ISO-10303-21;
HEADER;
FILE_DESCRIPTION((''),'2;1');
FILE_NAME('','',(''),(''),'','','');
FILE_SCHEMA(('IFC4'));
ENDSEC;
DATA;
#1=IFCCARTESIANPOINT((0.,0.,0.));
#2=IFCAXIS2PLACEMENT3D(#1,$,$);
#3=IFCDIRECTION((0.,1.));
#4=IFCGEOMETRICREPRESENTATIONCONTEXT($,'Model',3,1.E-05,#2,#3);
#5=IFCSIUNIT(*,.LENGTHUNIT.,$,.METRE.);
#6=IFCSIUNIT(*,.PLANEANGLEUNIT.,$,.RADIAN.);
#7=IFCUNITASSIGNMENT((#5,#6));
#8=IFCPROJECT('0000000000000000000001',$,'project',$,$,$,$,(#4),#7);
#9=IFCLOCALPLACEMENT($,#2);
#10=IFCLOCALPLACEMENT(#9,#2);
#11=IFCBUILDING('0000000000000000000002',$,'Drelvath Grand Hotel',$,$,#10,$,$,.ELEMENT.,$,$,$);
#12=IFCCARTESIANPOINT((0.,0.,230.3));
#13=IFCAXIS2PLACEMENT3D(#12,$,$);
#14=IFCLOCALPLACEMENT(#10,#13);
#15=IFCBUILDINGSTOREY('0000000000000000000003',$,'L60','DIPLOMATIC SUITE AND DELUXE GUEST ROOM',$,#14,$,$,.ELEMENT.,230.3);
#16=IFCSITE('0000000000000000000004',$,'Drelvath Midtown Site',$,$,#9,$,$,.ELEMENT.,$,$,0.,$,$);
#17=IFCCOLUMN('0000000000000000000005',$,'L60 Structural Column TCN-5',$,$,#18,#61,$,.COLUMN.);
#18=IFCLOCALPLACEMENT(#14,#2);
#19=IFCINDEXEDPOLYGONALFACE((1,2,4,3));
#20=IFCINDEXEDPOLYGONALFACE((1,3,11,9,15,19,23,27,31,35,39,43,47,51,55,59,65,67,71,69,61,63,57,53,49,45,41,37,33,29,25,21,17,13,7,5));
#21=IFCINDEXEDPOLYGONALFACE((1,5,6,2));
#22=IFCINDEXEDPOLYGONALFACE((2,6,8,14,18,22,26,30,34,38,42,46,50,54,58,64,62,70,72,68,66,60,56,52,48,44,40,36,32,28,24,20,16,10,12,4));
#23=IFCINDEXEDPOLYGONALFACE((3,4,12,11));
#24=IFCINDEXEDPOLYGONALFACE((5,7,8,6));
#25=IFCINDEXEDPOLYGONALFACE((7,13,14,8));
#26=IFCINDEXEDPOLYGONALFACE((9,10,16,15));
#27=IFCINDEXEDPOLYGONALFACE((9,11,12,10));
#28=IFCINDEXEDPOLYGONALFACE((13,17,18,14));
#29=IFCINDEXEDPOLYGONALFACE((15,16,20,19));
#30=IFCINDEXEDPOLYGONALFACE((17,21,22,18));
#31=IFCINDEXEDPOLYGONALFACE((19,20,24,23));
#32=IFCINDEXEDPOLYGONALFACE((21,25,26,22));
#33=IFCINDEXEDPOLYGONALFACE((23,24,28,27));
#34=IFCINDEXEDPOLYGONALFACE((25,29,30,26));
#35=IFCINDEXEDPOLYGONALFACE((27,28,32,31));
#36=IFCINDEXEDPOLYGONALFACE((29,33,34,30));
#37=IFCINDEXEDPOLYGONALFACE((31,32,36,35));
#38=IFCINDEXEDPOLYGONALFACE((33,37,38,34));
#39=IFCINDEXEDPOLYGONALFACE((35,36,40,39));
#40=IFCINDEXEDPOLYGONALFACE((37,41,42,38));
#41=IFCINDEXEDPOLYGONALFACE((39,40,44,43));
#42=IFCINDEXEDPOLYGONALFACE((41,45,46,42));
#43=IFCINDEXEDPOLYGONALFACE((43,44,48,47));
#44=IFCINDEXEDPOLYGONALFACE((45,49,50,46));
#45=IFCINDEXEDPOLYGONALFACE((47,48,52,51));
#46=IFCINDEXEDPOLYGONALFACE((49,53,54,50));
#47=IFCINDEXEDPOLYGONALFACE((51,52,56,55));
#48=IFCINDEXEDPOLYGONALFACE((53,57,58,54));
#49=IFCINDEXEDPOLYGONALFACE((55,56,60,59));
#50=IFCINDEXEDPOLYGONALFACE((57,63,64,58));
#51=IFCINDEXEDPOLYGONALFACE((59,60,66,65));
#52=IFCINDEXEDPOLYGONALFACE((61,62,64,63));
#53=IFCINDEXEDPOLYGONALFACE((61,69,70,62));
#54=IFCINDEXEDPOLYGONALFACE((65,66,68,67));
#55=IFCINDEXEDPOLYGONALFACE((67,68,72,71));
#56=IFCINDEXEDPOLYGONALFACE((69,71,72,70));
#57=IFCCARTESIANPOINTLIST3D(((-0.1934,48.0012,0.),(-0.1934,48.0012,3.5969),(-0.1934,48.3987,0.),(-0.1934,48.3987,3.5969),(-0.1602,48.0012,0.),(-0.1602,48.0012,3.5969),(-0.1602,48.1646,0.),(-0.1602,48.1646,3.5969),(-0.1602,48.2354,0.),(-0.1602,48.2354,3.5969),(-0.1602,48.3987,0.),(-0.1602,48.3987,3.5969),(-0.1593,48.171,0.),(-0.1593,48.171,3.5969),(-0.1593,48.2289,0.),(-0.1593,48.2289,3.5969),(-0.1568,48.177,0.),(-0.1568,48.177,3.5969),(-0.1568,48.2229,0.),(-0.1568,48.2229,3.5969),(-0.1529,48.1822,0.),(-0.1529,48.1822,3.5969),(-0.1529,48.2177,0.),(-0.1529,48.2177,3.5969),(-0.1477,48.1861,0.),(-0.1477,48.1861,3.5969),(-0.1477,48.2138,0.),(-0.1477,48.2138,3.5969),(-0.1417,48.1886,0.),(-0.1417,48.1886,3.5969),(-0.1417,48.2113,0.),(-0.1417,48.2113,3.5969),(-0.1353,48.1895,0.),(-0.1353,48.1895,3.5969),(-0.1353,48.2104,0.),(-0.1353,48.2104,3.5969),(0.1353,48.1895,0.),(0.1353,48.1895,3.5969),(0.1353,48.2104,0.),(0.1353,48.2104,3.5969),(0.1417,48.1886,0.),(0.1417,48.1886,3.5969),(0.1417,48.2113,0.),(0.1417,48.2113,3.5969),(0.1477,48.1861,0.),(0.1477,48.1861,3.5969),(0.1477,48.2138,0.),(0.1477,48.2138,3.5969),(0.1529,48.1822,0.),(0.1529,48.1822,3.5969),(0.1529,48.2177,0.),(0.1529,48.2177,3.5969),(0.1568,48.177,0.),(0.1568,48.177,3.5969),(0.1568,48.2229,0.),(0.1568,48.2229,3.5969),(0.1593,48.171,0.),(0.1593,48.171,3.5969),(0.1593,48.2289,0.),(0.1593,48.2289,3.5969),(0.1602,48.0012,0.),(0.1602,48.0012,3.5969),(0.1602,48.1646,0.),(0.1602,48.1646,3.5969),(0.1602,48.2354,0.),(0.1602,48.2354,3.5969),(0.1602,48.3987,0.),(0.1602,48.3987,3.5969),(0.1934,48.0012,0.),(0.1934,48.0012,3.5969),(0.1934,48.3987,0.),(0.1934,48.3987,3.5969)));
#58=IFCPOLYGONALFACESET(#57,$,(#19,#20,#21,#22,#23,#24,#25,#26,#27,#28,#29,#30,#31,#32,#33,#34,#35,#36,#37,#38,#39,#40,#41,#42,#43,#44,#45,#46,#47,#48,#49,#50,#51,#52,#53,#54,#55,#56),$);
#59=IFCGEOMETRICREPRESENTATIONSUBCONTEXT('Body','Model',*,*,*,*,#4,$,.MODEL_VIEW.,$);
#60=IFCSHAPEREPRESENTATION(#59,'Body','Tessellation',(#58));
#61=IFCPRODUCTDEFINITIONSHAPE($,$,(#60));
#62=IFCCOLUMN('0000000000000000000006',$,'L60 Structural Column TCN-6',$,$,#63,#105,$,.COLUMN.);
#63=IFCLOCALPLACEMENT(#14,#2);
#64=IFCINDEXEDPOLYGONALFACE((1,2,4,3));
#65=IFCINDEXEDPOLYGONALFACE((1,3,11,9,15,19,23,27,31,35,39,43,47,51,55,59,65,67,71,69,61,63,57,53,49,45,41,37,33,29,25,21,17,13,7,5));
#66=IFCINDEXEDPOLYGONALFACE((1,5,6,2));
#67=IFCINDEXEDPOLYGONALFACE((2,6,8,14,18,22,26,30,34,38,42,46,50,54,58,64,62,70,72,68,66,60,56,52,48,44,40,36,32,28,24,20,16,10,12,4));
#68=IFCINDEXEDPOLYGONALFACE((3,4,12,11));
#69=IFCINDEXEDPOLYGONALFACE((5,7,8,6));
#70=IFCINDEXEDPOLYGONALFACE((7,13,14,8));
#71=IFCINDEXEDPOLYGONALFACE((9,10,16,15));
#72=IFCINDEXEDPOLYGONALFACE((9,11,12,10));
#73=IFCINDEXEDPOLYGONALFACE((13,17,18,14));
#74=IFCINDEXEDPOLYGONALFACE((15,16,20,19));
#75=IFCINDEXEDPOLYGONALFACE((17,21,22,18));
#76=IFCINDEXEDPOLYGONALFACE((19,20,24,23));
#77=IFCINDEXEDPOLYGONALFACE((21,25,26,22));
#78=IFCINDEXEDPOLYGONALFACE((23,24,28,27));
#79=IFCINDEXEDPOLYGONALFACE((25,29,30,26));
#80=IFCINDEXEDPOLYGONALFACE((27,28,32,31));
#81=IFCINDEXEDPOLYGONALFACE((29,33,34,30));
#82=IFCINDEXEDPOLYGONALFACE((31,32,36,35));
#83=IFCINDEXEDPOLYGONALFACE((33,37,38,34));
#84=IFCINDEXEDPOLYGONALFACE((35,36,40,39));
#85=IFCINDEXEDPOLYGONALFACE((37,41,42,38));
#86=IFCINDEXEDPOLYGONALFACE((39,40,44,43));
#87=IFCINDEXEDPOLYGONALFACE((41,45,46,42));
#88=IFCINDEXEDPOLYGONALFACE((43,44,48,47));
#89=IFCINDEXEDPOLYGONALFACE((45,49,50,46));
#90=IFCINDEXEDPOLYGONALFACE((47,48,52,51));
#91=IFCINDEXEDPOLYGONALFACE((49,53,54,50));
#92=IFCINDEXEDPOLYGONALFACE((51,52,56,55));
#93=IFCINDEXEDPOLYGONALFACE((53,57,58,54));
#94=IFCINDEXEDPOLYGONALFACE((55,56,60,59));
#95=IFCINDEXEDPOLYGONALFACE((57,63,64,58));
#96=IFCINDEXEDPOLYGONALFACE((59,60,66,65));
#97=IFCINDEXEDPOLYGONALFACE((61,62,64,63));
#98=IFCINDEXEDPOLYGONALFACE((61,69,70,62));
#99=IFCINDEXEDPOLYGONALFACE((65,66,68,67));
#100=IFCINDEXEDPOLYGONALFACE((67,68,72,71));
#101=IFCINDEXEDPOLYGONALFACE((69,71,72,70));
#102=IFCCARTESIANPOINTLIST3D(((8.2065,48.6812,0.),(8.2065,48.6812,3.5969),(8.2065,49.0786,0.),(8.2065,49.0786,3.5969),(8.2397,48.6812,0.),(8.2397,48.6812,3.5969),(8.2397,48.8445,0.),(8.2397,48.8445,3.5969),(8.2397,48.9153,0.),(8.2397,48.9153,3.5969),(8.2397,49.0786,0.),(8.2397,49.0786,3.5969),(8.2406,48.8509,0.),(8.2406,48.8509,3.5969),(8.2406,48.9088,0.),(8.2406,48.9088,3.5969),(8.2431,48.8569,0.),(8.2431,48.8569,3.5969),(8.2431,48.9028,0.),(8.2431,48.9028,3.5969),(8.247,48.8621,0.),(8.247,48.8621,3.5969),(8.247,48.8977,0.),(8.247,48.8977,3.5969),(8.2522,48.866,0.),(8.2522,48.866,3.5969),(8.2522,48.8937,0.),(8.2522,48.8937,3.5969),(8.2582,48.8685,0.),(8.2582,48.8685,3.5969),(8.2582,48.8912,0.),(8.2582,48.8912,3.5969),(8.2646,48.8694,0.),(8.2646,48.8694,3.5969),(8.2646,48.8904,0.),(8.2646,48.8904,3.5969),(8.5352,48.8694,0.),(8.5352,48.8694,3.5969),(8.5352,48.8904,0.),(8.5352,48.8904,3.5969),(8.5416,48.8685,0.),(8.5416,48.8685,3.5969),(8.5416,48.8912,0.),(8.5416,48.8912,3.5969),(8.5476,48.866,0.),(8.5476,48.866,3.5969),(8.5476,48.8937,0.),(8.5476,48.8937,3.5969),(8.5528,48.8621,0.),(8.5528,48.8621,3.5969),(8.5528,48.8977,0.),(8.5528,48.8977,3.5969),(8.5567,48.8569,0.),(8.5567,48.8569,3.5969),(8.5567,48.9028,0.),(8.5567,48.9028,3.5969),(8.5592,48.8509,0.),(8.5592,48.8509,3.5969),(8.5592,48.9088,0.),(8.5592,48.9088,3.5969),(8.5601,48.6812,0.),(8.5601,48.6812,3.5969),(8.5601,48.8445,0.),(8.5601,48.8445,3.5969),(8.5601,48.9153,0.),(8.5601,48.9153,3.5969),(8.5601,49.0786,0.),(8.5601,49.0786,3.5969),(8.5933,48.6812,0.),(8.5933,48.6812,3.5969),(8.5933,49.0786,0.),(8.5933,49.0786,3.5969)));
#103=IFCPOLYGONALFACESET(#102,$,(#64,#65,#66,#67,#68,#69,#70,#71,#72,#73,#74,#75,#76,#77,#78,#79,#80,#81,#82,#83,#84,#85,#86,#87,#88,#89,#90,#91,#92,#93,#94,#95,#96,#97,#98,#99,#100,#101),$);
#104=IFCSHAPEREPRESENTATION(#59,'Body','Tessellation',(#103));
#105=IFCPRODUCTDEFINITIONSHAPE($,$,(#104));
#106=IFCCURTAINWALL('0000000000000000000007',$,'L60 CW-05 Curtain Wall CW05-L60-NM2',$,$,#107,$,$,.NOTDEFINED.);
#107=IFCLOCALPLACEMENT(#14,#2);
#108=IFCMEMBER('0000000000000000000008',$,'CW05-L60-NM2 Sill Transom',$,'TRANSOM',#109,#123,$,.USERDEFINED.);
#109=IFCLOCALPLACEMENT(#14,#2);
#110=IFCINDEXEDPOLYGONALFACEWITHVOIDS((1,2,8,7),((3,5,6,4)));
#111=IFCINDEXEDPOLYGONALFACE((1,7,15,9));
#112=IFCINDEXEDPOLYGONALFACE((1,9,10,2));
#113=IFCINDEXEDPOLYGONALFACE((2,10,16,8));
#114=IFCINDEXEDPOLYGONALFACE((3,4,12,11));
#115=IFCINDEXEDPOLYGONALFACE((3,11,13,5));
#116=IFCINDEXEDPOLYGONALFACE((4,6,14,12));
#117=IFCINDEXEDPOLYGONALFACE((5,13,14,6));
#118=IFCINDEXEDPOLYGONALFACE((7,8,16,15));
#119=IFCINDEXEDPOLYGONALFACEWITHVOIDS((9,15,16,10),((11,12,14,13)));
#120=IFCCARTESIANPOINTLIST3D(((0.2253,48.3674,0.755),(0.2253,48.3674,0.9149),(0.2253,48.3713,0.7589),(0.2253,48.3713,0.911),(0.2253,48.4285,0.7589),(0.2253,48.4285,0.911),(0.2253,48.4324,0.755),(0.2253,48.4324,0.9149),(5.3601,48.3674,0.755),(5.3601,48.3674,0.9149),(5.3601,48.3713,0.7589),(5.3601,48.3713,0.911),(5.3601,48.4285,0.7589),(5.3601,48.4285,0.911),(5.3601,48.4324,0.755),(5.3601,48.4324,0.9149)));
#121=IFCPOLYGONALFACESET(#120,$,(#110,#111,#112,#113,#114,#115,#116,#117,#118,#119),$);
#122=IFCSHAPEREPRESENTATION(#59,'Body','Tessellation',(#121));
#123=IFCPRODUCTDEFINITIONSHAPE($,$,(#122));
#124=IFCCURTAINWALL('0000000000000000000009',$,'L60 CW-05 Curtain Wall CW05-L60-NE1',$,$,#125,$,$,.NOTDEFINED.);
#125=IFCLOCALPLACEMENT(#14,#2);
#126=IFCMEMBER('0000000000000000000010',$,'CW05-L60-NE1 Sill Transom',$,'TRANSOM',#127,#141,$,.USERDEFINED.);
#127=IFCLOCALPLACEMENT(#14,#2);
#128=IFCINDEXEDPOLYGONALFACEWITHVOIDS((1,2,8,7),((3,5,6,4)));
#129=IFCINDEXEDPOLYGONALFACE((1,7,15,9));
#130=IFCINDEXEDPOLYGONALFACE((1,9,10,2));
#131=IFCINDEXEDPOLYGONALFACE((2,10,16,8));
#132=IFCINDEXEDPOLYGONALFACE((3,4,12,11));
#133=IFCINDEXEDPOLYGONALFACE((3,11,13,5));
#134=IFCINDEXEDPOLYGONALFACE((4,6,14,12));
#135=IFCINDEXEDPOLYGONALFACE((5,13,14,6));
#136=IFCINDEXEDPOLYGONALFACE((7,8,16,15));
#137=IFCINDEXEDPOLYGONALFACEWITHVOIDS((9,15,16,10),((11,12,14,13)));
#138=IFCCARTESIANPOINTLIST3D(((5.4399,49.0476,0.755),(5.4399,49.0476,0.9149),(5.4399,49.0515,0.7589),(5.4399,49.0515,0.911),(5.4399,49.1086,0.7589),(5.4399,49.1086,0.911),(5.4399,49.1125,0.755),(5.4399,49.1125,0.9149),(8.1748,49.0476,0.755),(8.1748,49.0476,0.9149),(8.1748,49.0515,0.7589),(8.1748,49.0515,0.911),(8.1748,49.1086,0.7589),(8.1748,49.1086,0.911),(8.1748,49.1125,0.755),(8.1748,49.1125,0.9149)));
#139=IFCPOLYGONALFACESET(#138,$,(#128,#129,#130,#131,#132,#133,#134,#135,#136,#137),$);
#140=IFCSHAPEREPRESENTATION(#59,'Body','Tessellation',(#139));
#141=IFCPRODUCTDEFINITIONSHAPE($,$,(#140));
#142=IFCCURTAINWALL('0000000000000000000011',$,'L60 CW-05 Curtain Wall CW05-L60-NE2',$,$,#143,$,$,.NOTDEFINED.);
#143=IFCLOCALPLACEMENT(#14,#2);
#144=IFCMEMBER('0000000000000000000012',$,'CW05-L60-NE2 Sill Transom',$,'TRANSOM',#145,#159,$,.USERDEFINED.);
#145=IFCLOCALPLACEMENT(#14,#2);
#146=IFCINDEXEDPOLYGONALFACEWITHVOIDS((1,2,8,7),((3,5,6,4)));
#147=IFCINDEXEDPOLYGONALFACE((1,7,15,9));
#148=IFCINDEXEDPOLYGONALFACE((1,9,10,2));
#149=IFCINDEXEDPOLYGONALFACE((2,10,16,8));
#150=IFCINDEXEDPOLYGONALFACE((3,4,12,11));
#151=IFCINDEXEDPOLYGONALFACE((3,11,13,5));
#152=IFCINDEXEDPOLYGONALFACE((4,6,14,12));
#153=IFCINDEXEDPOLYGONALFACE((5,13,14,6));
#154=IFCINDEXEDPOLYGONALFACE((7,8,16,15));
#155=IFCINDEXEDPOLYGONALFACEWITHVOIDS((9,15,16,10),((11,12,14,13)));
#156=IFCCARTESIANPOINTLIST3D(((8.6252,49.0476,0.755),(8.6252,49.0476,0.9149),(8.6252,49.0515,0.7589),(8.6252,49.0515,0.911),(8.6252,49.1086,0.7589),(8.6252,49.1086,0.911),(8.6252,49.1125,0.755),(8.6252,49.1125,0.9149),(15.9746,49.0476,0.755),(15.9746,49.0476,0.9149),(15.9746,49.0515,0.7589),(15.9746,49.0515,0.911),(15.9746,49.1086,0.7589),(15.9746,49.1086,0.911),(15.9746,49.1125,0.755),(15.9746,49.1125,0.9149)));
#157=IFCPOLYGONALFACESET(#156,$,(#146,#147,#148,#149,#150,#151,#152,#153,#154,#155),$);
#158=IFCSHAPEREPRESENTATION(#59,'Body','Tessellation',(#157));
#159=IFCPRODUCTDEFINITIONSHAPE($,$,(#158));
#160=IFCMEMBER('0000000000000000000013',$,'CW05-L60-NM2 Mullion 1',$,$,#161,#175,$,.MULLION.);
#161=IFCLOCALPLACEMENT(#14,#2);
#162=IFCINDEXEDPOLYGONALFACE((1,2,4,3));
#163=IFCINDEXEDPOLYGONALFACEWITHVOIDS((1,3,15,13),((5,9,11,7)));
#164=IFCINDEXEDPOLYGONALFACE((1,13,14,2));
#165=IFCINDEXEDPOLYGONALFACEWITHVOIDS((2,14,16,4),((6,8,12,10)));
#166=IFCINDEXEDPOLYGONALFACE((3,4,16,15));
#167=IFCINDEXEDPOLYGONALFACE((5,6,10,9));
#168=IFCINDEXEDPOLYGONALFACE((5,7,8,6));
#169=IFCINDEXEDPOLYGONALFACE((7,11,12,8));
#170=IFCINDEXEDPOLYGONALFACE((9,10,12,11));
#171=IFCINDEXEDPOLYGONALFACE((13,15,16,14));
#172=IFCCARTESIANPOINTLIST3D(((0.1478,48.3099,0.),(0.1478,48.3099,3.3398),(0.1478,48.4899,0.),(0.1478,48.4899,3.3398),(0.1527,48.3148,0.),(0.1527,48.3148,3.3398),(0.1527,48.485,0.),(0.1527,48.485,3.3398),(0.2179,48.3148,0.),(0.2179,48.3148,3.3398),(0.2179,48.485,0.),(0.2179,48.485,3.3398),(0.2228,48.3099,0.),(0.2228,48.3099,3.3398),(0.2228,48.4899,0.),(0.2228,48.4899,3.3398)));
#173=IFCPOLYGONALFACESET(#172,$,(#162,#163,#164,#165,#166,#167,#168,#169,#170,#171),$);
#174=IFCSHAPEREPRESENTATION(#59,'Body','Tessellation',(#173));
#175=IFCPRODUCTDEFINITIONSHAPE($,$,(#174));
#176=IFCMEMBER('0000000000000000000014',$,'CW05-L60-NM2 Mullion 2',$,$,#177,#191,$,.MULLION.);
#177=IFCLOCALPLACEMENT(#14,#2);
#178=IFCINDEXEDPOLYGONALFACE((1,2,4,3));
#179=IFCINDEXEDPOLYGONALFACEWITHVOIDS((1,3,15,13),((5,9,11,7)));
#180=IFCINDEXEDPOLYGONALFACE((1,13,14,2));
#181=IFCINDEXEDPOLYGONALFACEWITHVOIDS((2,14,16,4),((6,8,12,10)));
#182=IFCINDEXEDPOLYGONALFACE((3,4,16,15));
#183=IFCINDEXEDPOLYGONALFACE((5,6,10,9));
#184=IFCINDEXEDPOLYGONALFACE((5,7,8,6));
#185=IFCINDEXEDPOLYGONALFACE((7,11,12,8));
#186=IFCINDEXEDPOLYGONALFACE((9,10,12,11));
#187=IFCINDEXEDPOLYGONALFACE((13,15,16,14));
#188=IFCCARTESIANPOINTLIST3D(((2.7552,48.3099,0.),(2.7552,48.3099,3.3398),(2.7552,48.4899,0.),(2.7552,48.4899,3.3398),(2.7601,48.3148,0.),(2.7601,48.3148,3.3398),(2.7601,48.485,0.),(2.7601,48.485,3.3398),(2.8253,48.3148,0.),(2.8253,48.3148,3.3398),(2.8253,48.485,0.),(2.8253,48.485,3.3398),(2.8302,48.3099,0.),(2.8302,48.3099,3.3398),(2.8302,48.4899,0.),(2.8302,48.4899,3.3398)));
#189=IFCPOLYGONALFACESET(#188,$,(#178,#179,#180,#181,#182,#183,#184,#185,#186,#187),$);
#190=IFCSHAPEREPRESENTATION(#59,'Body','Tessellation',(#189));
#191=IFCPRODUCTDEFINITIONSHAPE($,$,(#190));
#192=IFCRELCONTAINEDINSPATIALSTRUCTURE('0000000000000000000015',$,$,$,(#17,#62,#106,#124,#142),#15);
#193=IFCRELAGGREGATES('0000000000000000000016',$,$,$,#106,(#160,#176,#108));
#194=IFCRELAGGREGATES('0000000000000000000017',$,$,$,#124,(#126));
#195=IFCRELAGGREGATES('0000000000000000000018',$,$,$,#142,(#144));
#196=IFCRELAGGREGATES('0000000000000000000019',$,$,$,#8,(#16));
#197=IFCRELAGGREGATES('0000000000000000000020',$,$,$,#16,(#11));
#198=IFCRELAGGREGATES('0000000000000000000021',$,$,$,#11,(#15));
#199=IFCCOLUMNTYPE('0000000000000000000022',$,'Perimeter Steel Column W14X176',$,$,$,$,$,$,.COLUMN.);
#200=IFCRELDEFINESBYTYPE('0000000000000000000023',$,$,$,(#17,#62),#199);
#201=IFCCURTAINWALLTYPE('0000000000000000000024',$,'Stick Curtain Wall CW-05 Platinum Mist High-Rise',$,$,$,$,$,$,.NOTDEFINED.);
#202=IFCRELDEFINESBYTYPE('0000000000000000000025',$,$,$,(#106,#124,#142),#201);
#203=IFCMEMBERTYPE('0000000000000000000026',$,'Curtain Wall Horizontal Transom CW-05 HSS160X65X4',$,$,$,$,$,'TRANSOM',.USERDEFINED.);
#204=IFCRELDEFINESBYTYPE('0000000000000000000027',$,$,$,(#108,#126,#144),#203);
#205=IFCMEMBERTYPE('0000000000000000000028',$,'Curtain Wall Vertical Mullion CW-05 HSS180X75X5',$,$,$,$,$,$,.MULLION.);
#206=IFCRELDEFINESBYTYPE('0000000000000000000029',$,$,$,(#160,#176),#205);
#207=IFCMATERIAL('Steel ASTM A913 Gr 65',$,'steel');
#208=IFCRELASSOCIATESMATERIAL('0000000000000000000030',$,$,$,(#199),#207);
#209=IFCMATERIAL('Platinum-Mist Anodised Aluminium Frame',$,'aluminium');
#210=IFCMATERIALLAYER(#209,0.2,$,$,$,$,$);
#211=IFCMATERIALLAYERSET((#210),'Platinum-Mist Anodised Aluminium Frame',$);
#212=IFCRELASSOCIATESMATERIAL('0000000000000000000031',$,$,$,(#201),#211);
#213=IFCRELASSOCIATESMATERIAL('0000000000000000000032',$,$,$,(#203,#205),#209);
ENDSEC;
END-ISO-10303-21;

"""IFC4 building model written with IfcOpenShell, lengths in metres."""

from ifc_helpers import new_model, si_unit, direction, frame, origin, origin_2d, place, context, subcontext, project, spatial, hollow_rectangle, i_section, extrude, material, layer, layer_set, material_profile, profile_set, type_object, element, aggregate, save


model = new_model("IFC4")

# Units and contexts
model_context = context("Model", 3, precision=1e-05, world=origin(), true_north=direction((0.0, 1.0)))
body_context = subcontext(model_context, "Body", "Model", "MODEL_VIEW")
ifc_project = project(units=[si_unit("LENGTHUNIT", "METRE"), si_unit("PLANEANGLEUNIT", "RADIAN")], contexts=[model_context])

# Site, building, storey
site_placement = place(None, origin())
site = spatial("IfcSite", under=ifc_project, at=site_placement, Name="Drelvath Midtown Site", CompositionType="ELEMENT", RefElevation=0.0)
building_placement = place(site_placement, origin())
building = spatial("IfcBuilding", under=site, at=building_placement, Name="Drelvath Grand Hotel", CompositionType="ELEMENT")
storey_placement = place(building_placement, frame((0.0, 0.0, 230.3)))
storey = spatial("IfcBuildingStorey", under=building, at=storey_placement, Name="L60", Description="DIPLOMATIC SUITE AND DELUXE GUEST ROOM", CompositionType="ELEMENT", Elevation=230.3)

# Columns
ifc_material_1 = material(Name="Steel ASTM A913 Gr 65", Category="steel")
ifc_material_profile_1 = material_profile(ifc_material_1, i_section(OverallWidth=0.3975, OverallDepth=0.3867, WebThickness=0.021, FlangeThickness=0.0332, FilletRadius=0.0249, at=origin_2d()), Name="W14X176")
ifc_profile_set_1 = profile_set([ifc_material_profile_1], Name="Steel ASTM A913 Gr 65")
column_type = type_object("IfcColumnType", Name="Perimeter Steel Column W14X176", PredefinedType="COLUMN", material=ifc_profile_set_1)
for number, where, z_axis, x_axis, name in (
    (1, (0.0, 48.2, 0.0), (0.0, 0.0, 1.0), (0.0, 1.0, 0.0), "L60 Structural Column TCN-5"),
    (2, (8.3999, 48.8799, 0.0), (0.0, 0.0, 1.0), (0.0, 1.0, 0.0), "L60 Structural Column TCN-6"),
):
    element("IfcColumn", number, at=place(storey_placement, frame(where, z_axis=z_axis, x_axis=x_axis)), inside=storey, type_object=column_type, Name=name, PredefinedType="COLUMN", context=body_context, shape_type="SweptSolid", body=[
        extrude(i_section(OverallWidth=0.3975, OverallDepth=0.3867, WebThickness=0.021, FlangeThickness=0.0332, FilletRadius=0.0249, at=origin_2d()), origin(), (0.0, 0.0, 1.0), 3.5969),
    ])

# Curtain walls, members
ifc_material_2 = material(Name="Platinum-Mist Anodised Aluminium Frame", Category="aluminium")
ifc_layer_1 = layer(ifc_material_2, 0.2)
ifc_layer_set_1 = layer_set([ifc_layer_1], Name="Platinum-Mist Anodised Aluminium Frame")
curtain_wall_type = type_object("IfcCurtainWallType", Name="Stick Curtain Wall CW-05 Platinum Mist High-Rise", PredefinedType="NOTDEFINED", material=ifc_layer_set_1)
curtain_wall_1_placement = place(storey_placement, origin())
curtain_wall_1 = element("IfcCurtainWall", 3, at=curtain_wall_1_placement, inside=storey, type_object=curtain_wall_type, Name="L60 CW-05 Curtain Wall CW05-L60-NM2", PredefinedType="NOTDEFINED")
ifc_material_profile_2 = material_profile(ifc_material_2, hollow_rectangle(XDim=0.0649, YDim=0.1599, WallThickness=0.0039, at=origin_2d()), Name="HSS160X65X4")
ifc_profile_set_2 = profile_set([ifc_material_profile_2], Name="Platinum-Mist Anodised Aluminium Frame")
member_type_1 = type_object("IfcMemberType", Name="Curtain Wall Horizontal Transom CW-05 HSS160X65X4", ElementType="TRANSOM", PredefinedType="USERDEFINED", material=ifc_profile_set_2)
member_1_placement = place(storey_placement, frame((0.2253, 48.3999, 0.835), z_axis=(1.0, 0.0, 0.0), x_axis=(0.0, 1.0, 0.0)))
member_1 = element("IfcMember", 4, at=member_1_placement, type_object=member_type_1, Name="CW05-L60-NM2 Sill Transom", ObjectType="TRANSOM", PredefinedType="USERDEFINED", context=body_context, shape_type="SweptSolid", body=[
    extrude(hollow_rectangle(XDim=0.0649, YDim=0.1599, WallThickness=0.0039, at=origin_2d()), origin(), (0.0, 0.0, 1.0), 5.1348),
])
curtain_wall_2_placement = place(storey_placement, origin())
curtain_wall_2 = element("IfcCurtainWall", 5, at=curtain_wall_2_placement, inside=storey, type_object=curtain_wall_type, Name="L60 CW-05 Curtain Wall CW05-L60-NE1", PredefinedType="NOTDEFINED")
member_2_placement = place(storey_placement, frame((5.4399, 49.0801, 0.835), z_axis=(1.0, 0.0, 0.0), x_axis=(0.0, 1.0, 0.0)))
member_2 = element("IfcMember", 6, at=member_2_placement, type_object=member_type_1, Name="CW05-L60-NE1 Sill Transom", ObjectType="TRANSOM", PredefinedType="USERDEFINED", context=body_context, shape_type="SweptSolid", body=[
    extrude(hollow_rectangle(XDim=0.0649, YDim=0.1599, WallThickness=0.0039, at=origin_2d()), origin(), (0.0, 0.0, 1.0), 2.7349),
])
curtain_wall_3_placement = place(storey_placement, origin())
curtain_wall_3 = element("IfcCurtainWall", 7, at=curtain_wall_3_placement, inside=storey, type_object=curtain_wall_type, Name="L60 CW-05 Curtain Wall CW05-L60-NE2", PredefinedType="NOTDEFINED")
member_3_placement = place(storey_placement, frame((8.6252, 49.0801, 0.835), z_axis=(1.0, 0.0, 0.0), x_axis=(0.0, 1.0, 0.0)))
member_3 = element("IfcMember", 8, at=member_3_placement, type_object=member_type_1, Name="CW05-L60-NE2 Sill Transom", ObjectType="TRANSOM", PredefinedType="USERDEFINED", context=body_context, shape_type="SweptSolid", body=[
    extrude(hollow_rectangle(XDim=0.0649, YDim=0.1599, WallThickness=0.0039, at=origin_2d()), origin(), (0.0, 0.0, 1.0), 7.3494),
])

# Members
ifc_material_profile_3 = material_profile(ifc_material_2, hollow_rectangle(XDim=0.075, YDim=0.1799, WallThickness=0.0049, at=origin_2d()), Name="HSS180X75X5")
ifc_profile_set_3 = profile_set([ifc_material_profile_3], Name="Platinum-Mist Anodised Aluminium Frame")
member_type_2 = type_object("IfcMemberType", Name="Curtain Wall Vertical Mullion CW-05 HSS180X75X5", PredefinedType="MULLION", material=ifc_profile_set_3)
member_4_placement = place(storey_placement, frame((0.1853, 48.3999, 0.0), z_axis=(0.0, 0.0, 1.0), x_axis=(1.0, 0.0, 0.0)))
member_4 = element("IfcMember", 9, at=member_4_placement, type_object=member_type_2, Name="CW05-L60-NM2 Mullion 1", PredefinedType="MULLION", context=body_context, shape_type="SweptSolid", body=[
    extrude(hollow_rectangle(XDim=0.075, YDim=0.1799, WallThickness=0.0049, at=origin_2d()), origin(), (0.0, 0.0, 1.0), 3.3398),
])
member_5_placement = place(storey_placement, frame((2.7927, 48.3999, 0.0), z_axis=(0.0, 0.0, 1.0), x_axis=(1.0, 0.0, 0.0)))
member_5 = element("IfcMember", 10, at=member_5_placement, type_object=member_type_2, Name="CW05-L60-NM2 Mullion 2", PredefinedType="MULLION", context=body_context, shape_type="SweptSolid", body=[
    extrude(hollow_rectangle(XDim=0.075, YDim=0.1799, WallThickness=0.0049, at=origin_2d()), origin(), (0.0, 0.0, 1.0), 3.3398),
])

aggregate(curtain_wall_1, [member_4, member_5, member_1])
aggregate(curtain_wall_2, [member_2])
aggregate(curtain_wall_3, [member_3])

save(model, "model.ifc")
